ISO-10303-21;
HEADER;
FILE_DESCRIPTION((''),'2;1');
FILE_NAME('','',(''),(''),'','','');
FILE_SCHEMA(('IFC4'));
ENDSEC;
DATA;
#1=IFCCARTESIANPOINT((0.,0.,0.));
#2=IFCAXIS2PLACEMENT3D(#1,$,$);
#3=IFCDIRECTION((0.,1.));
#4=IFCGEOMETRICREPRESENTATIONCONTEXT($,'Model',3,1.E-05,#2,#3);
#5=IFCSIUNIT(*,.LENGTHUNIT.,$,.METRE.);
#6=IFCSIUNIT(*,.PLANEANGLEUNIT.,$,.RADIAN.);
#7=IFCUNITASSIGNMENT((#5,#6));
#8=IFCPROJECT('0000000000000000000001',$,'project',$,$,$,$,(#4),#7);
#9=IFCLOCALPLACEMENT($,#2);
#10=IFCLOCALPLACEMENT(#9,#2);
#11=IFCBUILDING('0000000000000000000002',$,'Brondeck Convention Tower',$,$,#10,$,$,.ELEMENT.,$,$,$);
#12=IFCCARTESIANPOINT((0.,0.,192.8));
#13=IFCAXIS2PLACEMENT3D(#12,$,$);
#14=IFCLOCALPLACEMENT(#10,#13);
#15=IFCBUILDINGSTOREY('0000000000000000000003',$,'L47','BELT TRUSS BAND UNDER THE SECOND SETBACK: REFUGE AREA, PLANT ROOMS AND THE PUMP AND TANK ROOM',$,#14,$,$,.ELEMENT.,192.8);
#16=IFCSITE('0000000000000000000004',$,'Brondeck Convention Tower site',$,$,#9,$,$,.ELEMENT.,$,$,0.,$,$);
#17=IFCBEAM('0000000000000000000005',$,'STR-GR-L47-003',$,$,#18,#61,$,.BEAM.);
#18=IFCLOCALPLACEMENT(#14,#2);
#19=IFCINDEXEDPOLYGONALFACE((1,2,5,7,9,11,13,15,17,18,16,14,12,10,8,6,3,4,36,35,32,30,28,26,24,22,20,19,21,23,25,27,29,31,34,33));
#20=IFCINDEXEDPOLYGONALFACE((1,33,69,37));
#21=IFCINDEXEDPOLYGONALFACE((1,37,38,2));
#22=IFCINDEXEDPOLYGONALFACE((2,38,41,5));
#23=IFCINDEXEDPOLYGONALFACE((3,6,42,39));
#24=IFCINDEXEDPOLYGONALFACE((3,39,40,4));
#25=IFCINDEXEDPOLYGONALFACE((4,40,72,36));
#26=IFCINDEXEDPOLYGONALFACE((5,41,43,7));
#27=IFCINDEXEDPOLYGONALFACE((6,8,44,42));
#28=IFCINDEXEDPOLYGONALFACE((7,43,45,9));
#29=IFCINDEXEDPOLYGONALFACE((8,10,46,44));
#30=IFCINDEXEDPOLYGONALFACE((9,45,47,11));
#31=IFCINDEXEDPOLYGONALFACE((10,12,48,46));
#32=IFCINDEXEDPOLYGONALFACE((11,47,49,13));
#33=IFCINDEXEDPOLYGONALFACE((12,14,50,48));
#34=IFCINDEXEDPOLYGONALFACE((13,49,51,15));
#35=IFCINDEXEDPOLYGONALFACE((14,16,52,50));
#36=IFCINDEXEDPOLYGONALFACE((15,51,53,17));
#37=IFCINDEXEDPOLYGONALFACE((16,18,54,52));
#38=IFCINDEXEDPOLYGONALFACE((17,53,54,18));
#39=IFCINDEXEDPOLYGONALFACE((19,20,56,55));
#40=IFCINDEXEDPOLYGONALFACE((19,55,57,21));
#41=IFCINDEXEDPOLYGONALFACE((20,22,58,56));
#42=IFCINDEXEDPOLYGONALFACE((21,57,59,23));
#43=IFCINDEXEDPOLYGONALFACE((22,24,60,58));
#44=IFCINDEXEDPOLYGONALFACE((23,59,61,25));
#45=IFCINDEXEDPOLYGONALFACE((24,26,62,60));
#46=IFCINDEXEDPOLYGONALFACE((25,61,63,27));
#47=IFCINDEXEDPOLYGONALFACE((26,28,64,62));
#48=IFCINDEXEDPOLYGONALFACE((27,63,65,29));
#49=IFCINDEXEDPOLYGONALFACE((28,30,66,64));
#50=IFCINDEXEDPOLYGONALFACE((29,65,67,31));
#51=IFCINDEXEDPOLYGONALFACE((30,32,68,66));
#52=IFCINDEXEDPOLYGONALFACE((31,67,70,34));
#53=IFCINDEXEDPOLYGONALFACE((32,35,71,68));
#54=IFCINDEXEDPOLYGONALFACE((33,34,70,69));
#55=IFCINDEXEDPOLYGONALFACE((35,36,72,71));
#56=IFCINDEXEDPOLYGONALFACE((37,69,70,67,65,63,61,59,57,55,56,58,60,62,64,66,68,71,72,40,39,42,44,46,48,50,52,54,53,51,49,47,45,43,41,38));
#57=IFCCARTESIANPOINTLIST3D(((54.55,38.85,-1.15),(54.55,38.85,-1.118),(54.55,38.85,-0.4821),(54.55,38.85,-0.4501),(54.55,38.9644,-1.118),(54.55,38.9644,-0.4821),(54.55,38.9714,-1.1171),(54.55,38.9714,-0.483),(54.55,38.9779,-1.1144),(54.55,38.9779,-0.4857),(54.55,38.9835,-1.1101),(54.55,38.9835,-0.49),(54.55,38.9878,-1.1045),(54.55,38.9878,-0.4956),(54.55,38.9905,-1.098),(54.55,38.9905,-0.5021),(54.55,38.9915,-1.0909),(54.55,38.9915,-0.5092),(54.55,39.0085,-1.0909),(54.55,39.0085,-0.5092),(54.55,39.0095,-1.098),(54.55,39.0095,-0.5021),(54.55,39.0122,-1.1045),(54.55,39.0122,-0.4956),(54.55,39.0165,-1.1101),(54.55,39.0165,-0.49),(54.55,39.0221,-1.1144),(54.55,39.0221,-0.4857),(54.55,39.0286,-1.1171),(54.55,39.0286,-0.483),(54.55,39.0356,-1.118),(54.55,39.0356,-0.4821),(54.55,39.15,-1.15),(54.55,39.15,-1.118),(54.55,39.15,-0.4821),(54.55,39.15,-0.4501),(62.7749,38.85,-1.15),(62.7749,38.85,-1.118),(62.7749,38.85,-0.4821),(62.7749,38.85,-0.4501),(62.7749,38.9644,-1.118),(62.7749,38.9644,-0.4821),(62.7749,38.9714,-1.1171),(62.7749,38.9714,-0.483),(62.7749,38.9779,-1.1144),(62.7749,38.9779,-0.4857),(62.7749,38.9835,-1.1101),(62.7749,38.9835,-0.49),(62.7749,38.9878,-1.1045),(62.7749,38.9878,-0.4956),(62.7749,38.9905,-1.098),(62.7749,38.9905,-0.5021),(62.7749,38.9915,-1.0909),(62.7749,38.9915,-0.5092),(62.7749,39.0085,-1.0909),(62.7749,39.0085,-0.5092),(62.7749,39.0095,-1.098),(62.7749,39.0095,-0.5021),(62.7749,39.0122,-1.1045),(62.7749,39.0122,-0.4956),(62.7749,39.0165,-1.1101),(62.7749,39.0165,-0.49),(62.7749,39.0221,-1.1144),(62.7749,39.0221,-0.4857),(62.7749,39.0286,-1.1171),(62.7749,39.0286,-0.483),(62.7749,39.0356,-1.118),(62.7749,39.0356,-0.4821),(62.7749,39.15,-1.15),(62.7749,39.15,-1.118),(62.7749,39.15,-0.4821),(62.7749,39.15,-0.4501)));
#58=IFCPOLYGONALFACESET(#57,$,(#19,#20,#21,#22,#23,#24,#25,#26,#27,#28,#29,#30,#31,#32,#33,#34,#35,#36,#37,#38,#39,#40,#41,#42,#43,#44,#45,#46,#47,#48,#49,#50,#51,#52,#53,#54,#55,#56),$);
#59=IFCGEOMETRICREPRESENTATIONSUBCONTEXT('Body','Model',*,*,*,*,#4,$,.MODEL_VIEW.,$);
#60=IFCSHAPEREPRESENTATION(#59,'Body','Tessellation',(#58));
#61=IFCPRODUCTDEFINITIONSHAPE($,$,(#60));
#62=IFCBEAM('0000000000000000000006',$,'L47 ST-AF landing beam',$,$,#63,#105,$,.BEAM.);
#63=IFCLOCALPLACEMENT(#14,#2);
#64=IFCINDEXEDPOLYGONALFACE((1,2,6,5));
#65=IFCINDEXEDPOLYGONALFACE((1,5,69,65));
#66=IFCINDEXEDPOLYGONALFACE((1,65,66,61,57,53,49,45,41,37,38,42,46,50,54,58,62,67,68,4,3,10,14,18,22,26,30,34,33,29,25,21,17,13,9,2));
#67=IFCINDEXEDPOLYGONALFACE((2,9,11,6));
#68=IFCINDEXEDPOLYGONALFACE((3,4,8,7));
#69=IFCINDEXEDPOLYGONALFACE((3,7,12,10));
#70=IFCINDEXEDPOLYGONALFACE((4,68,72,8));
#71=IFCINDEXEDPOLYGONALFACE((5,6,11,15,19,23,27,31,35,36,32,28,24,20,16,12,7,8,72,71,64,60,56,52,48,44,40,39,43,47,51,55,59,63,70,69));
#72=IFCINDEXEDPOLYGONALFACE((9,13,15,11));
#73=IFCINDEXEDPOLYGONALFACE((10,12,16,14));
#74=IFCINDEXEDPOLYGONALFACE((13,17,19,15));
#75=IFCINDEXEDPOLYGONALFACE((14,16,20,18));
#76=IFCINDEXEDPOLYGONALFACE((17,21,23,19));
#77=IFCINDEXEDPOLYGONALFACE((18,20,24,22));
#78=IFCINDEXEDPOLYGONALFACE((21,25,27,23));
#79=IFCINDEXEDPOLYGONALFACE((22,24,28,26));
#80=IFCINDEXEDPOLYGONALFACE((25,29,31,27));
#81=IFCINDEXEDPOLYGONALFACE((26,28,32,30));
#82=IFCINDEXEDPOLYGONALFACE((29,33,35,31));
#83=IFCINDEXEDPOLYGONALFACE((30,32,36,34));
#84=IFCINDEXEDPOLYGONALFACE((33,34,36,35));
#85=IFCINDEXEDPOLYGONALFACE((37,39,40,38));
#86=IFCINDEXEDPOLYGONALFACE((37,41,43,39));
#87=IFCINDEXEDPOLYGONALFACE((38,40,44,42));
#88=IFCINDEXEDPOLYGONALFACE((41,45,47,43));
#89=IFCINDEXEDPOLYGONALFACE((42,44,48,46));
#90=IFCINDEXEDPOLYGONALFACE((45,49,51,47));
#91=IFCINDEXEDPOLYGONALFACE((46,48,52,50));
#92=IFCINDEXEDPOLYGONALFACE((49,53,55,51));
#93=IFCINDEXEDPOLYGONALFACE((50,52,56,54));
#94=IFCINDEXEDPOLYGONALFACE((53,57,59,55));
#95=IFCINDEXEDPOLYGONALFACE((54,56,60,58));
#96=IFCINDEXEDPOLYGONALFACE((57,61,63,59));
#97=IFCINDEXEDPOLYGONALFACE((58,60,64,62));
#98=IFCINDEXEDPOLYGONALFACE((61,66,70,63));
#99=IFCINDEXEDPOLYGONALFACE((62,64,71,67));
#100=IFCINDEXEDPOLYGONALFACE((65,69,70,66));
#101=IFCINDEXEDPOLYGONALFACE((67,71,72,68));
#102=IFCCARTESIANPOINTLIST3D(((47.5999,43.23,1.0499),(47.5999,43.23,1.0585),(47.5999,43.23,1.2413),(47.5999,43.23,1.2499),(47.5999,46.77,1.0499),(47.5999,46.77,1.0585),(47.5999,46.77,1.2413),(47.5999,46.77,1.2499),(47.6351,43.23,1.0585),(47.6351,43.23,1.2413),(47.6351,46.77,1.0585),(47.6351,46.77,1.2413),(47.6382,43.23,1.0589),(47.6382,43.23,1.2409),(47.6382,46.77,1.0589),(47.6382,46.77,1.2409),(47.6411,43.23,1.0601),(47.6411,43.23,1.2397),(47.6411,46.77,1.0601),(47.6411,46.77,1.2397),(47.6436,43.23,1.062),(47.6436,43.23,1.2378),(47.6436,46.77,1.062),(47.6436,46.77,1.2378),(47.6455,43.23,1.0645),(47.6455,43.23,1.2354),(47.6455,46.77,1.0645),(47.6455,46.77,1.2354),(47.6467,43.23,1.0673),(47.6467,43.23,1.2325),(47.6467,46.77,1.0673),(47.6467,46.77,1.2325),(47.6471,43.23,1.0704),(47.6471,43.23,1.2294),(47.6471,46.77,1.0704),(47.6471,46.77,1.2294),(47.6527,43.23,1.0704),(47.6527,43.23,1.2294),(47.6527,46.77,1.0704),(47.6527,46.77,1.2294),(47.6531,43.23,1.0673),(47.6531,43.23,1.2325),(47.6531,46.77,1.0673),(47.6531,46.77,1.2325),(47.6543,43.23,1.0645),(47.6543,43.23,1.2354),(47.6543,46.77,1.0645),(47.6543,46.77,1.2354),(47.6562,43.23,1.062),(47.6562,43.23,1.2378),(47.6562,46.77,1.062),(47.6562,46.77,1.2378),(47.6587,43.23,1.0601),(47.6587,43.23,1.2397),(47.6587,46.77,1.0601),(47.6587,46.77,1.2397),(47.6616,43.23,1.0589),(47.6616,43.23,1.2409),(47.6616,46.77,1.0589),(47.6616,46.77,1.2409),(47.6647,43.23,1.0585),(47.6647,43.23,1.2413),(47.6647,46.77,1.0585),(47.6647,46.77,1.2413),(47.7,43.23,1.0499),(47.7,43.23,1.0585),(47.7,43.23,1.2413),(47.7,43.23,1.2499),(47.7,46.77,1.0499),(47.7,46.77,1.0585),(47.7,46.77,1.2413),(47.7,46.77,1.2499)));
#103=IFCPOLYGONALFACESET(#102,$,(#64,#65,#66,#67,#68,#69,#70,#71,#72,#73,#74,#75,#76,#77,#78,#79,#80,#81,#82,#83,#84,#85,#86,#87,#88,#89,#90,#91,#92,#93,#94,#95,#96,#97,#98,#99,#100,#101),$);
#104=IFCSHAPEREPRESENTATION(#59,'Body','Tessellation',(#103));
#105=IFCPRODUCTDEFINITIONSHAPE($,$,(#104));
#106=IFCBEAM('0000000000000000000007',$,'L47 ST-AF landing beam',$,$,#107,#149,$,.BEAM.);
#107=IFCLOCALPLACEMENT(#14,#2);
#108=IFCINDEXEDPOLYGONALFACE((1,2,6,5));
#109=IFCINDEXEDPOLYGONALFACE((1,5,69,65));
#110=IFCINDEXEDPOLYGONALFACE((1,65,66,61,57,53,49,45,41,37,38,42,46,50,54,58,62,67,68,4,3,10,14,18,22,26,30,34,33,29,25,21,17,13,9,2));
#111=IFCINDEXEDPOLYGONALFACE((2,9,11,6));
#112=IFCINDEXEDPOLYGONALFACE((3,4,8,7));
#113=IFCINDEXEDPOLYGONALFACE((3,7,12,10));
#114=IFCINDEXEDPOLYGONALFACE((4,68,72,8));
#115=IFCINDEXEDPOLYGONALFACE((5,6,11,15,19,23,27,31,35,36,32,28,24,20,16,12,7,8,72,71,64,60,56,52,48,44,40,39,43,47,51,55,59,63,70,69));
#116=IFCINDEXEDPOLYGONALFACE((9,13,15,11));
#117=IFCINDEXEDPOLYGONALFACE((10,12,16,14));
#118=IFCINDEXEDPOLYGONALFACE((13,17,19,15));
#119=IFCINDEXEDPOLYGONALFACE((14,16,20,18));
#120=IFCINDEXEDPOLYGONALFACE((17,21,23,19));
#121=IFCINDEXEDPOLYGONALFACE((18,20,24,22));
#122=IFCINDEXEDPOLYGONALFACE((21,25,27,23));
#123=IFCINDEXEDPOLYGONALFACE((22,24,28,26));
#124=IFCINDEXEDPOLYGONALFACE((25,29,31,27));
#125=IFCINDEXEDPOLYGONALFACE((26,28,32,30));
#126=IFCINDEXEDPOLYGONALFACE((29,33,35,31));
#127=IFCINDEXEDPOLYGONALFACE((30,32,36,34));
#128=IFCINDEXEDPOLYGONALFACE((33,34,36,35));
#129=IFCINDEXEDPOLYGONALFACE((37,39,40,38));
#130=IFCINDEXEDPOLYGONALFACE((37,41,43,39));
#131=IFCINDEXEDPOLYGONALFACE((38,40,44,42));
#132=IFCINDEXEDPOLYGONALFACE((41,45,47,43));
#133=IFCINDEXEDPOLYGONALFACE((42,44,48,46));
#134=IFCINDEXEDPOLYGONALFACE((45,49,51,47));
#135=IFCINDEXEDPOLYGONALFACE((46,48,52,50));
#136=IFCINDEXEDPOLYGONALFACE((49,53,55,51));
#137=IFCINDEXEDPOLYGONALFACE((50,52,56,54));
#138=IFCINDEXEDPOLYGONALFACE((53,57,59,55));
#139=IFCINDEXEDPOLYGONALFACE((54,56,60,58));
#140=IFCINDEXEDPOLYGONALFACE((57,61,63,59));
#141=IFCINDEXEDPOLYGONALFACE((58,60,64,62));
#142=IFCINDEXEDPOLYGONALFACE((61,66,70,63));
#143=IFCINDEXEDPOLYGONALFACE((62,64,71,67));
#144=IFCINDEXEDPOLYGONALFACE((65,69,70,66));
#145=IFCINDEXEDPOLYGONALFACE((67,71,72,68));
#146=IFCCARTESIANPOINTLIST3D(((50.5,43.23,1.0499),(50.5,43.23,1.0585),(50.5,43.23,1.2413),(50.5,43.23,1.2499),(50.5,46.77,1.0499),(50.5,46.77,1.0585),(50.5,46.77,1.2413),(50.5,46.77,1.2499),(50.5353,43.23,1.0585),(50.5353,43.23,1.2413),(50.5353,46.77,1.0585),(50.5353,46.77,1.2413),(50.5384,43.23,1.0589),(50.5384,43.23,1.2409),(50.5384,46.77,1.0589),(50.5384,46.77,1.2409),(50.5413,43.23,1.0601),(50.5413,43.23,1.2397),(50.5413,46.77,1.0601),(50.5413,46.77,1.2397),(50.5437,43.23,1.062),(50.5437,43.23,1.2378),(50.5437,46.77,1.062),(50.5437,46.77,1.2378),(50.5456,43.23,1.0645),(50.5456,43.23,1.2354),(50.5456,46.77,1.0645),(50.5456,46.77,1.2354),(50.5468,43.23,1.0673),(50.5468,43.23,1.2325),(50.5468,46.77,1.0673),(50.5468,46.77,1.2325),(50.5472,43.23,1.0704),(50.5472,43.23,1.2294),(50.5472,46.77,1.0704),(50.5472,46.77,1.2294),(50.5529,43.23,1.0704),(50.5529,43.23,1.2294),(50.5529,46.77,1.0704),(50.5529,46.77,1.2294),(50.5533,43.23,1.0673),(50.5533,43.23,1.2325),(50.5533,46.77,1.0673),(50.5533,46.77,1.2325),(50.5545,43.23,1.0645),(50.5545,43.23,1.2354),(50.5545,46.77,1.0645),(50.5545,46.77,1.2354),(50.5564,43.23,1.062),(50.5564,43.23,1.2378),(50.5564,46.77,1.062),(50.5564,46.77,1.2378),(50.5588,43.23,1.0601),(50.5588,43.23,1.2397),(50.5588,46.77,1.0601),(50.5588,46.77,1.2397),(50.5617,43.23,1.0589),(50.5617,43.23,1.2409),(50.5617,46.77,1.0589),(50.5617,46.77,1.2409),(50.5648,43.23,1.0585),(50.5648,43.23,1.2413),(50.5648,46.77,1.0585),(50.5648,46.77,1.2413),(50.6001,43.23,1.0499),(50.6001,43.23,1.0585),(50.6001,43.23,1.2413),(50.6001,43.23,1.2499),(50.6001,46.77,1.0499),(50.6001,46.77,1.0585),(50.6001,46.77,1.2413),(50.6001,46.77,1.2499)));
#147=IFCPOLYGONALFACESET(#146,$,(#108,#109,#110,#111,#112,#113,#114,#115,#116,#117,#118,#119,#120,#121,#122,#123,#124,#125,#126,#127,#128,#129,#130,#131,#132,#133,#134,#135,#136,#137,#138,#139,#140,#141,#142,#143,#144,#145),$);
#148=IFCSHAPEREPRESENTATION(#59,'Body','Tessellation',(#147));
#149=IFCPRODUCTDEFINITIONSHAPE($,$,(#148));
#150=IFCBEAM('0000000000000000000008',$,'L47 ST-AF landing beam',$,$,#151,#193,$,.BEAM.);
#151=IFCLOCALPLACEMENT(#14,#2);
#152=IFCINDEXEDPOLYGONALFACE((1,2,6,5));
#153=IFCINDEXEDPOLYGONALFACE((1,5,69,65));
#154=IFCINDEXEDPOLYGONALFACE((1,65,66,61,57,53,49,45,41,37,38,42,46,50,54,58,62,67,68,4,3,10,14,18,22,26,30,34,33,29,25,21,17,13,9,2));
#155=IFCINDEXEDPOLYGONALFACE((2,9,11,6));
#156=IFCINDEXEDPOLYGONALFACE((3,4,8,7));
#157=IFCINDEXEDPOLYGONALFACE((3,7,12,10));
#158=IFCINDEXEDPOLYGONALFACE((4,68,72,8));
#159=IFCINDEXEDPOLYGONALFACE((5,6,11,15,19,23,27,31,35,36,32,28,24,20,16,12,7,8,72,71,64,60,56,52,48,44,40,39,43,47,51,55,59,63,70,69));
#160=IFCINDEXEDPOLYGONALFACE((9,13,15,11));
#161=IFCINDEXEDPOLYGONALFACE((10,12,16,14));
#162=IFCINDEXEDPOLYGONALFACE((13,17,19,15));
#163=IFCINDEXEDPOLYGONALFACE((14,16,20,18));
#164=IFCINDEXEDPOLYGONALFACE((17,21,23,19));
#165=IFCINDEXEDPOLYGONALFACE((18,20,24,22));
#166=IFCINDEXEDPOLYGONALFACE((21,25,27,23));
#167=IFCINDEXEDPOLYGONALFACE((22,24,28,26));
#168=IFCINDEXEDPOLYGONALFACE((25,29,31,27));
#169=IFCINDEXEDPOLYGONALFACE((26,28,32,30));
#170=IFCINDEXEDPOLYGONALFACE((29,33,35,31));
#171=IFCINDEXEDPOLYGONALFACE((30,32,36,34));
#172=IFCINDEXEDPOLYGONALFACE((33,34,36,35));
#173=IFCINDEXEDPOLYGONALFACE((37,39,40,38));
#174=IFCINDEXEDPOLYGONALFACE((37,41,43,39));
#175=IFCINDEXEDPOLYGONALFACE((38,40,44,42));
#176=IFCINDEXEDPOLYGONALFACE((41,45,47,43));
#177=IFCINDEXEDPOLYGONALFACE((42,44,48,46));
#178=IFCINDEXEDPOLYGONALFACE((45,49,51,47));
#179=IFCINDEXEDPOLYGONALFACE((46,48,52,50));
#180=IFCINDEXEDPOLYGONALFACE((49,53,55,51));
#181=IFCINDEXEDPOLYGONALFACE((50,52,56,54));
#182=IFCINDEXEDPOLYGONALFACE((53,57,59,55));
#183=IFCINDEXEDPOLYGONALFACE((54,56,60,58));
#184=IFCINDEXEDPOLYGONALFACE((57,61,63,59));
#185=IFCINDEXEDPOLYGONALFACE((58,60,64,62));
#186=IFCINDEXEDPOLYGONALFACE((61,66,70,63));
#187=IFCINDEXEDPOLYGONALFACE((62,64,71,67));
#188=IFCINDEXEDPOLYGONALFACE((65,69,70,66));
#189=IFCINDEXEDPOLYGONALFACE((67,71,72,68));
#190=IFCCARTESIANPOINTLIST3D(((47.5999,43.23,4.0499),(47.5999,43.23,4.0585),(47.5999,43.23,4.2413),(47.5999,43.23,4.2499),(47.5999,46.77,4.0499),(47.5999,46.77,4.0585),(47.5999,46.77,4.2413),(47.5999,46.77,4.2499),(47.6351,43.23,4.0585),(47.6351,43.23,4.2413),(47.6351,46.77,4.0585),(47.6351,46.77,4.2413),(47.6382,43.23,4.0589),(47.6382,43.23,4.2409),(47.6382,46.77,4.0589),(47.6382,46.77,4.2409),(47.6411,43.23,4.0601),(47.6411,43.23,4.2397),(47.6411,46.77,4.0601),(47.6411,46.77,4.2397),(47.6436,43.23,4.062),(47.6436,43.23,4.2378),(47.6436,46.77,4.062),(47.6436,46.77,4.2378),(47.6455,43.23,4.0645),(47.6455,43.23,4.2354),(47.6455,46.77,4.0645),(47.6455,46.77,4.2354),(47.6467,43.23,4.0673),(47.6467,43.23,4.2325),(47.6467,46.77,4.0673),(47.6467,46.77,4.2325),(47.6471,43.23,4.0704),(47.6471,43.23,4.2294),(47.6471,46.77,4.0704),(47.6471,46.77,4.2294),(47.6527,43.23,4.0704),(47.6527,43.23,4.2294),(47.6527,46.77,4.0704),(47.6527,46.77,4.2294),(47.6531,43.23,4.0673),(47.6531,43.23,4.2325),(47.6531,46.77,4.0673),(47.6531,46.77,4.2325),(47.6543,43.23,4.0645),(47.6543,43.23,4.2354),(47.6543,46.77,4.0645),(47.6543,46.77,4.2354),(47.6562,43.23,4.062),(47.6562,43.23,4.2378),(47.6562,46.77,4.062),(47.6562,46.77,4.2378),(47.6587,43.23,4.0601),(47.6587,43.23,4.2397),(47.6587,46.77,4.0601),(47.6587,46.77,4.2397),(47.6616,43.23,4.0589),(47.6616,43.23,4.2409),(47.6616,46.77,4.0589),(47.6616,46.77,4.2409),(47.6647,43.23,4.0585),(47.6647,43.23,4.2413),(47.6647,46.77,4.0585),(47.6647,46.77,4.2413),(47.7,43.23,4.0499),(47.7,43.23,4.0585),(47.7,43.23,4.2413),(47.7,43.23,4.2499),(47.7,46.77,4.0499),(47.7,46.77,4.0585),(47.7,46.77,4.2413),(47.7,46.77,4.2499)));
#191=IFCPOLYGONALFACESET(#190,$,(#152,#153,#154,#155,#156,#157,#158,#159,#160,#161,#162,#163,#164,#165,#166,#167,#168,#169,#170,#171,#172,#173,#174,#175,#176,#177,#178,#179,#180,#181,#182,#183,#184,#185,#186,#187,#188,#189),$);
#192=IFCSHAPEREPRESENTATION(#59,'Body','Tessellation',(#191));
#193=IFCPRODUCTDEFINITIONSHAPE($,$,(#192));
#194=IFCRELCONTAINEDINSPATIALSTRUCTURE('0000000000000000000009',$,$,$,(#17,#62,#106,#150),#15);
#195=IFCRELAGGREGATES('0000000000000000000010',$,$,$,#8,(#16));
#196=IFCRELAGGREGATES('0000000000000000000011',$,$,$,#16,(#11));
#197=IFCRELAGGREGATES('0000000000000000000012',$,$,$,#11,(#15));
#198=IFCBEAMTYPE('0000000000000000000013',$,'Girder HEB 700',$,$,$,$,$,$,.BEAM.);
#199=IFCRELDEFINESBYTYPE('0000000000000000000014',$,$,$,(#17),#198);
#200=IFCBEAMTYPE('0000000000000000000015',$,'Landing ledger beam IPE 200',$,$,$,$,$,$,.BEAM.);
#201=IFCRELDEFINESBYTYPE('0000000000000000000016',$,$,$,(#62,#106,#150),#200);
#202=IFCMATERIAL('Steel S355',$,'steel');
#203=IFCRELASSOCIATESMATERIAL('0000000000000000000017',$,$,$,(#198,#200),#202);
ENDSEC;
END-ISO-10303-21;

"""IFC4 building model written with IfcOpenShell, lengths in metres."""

from ifc_helpers import new_model, si_unit, direction, frame, origin, origin_2d, place, context, subcontext, project, spatial, i_section, extrude, material, material_profile, profile_set, type_object, element, save


model = new_model("IFC4")

# Units and contexts
model_context = context("Model", 3, precision=1e-05, world=origin(), true_north=direction((0.0, 1.0)))
body_context = subcontext(model_context, "Body", "Model", "MODEL_VIEW")
ifc_project = project(units=[si_unit("LENGTHUNIT", "METRE"), si_unit("PLANEANGLEUNIT", "RADIAN")], contexts=[model_context])

# Site, building, storey
site_placement = place(None, origin())
site = spatial("IfcSite", under=ifc_project, at=site_placement, Name="Brondeck Convention Tower site", CompositionType="ELEMENT", RefElevation=0.0)
building_placement = place(site_placement, origin())
building = spatial("IfcBuilding", under=site, at=building_placement, Name="Brondeck Convention Tower", CompositionType="ELEMENT")
storey_placement = place(building_placement, frame((0.0, 0.0, 192.8)))
storey = spatial("IfcBuildingStorey", under=building, at=storey_placement, Name="L47", Description="BELT TRUSS BAND UNDER THE SECOND SETBACK: REFUGE AREA, PLANT ROOMS AND THE PUMP AND TANK ROOM", CompositionType="ELEMENT", Elevation=192.8)

# Beams
ifc_material_1 = material(Name="Steel S355", Category="steel")
ifc_material_profile_1 = material_profile(ifc_material_1, i_section(OverallWidth=0.3, OverallDepth=0.7, WebThickness=0.0171, FlangeThickness=0.032, FilletRadius=0.0271, at=origin_2d()), Name="HEB 700")
ifc_profile_set_1 = profile_set([ifc_material_profile_1], Name="Steel S355")
beam_type_1 = type_object("IfcBeamType", Name="Girder HEB 700", PredefinedType="BEAM", material=ifc_profile_set_1)
beam_1_placement = place(storey_placement, frame((54.55, 39.0, -0.8), z_axis=(1.0, 0.0, 0.0), x_axis=(0.0, 1.0, 0.0)))
element("IfcBeam", 1, at=beam_1_placement, inside=storey, type_object=beam_type_1, Name="STR-GR-L47-003", PredefinedType="BEAM", context=body_context, shape_type="SweptSolid", body=[
    extrude(i_section(OverallWidth=0.3, OverallDepth=0.7, WebThickness=0.0171, FlangeThickness=0.032, FilletRadius=0.0271, at=origin_2d()), origin(), (0.0, 0.0, 1.0), 8.2249),
])
ifc_material_profile_2 = material_profile(ifc_material_1, i_section(OverallWidth=0.1001, OverallDepth=0.2, WebThickness=0.0056, FlangeThickness=0.0085, FilletRadius=0.012, at=origin_2d()), Name="IPE200")
ifc_profile_set_2 = profile_set([ifc_material_profile_2], Name="Steel S355")
beam_type_2 = type_object("IfcBeamType", Name="Landing ledger beam IPE 200", PredefinedType="BEAM", material=ifc_profile_set_2)
for number, where, z_axis, x_axis, name in (
    (2, (47.6499, 43.23, 1.1499), (0.0, 1.0, 0.0), (-1.0, 0.0, 0.0), "L47 ST-AF landing beam"),
    (3, (50.55, 43.23, 1.1499), (0.0, 1.0, 0.0), (-1.0, 0.0, 0.0), "L47 ST-AF landing beam"),
    (4, (47.6499, 43.23, 4.1499), (0.0, 1.0, 0.0), (-1.0, 0.0, 0.0), "L47 ST-AF landing beam"),
):
    element("IfcBeam", number, at=place(storey_placement, frame(where, z_axis=z_axis, x_axis=x_axis)), inside=storey, type_object=beam_type_2, Name=name, PredefinedType="BEAM", context=body_context, shape_type="SweptSolid", body=[
        extrude(i_section(OverallWidth=0.1001, OverallDepth=0.2, WebThickness=0.0056, FlangeThickness=0.0085, FilletRadius=0.012, at=origin_2d()), origin(), (0.0, 0.0, 1.0), 3.54),
    ])

save(model, "model.ifc")
